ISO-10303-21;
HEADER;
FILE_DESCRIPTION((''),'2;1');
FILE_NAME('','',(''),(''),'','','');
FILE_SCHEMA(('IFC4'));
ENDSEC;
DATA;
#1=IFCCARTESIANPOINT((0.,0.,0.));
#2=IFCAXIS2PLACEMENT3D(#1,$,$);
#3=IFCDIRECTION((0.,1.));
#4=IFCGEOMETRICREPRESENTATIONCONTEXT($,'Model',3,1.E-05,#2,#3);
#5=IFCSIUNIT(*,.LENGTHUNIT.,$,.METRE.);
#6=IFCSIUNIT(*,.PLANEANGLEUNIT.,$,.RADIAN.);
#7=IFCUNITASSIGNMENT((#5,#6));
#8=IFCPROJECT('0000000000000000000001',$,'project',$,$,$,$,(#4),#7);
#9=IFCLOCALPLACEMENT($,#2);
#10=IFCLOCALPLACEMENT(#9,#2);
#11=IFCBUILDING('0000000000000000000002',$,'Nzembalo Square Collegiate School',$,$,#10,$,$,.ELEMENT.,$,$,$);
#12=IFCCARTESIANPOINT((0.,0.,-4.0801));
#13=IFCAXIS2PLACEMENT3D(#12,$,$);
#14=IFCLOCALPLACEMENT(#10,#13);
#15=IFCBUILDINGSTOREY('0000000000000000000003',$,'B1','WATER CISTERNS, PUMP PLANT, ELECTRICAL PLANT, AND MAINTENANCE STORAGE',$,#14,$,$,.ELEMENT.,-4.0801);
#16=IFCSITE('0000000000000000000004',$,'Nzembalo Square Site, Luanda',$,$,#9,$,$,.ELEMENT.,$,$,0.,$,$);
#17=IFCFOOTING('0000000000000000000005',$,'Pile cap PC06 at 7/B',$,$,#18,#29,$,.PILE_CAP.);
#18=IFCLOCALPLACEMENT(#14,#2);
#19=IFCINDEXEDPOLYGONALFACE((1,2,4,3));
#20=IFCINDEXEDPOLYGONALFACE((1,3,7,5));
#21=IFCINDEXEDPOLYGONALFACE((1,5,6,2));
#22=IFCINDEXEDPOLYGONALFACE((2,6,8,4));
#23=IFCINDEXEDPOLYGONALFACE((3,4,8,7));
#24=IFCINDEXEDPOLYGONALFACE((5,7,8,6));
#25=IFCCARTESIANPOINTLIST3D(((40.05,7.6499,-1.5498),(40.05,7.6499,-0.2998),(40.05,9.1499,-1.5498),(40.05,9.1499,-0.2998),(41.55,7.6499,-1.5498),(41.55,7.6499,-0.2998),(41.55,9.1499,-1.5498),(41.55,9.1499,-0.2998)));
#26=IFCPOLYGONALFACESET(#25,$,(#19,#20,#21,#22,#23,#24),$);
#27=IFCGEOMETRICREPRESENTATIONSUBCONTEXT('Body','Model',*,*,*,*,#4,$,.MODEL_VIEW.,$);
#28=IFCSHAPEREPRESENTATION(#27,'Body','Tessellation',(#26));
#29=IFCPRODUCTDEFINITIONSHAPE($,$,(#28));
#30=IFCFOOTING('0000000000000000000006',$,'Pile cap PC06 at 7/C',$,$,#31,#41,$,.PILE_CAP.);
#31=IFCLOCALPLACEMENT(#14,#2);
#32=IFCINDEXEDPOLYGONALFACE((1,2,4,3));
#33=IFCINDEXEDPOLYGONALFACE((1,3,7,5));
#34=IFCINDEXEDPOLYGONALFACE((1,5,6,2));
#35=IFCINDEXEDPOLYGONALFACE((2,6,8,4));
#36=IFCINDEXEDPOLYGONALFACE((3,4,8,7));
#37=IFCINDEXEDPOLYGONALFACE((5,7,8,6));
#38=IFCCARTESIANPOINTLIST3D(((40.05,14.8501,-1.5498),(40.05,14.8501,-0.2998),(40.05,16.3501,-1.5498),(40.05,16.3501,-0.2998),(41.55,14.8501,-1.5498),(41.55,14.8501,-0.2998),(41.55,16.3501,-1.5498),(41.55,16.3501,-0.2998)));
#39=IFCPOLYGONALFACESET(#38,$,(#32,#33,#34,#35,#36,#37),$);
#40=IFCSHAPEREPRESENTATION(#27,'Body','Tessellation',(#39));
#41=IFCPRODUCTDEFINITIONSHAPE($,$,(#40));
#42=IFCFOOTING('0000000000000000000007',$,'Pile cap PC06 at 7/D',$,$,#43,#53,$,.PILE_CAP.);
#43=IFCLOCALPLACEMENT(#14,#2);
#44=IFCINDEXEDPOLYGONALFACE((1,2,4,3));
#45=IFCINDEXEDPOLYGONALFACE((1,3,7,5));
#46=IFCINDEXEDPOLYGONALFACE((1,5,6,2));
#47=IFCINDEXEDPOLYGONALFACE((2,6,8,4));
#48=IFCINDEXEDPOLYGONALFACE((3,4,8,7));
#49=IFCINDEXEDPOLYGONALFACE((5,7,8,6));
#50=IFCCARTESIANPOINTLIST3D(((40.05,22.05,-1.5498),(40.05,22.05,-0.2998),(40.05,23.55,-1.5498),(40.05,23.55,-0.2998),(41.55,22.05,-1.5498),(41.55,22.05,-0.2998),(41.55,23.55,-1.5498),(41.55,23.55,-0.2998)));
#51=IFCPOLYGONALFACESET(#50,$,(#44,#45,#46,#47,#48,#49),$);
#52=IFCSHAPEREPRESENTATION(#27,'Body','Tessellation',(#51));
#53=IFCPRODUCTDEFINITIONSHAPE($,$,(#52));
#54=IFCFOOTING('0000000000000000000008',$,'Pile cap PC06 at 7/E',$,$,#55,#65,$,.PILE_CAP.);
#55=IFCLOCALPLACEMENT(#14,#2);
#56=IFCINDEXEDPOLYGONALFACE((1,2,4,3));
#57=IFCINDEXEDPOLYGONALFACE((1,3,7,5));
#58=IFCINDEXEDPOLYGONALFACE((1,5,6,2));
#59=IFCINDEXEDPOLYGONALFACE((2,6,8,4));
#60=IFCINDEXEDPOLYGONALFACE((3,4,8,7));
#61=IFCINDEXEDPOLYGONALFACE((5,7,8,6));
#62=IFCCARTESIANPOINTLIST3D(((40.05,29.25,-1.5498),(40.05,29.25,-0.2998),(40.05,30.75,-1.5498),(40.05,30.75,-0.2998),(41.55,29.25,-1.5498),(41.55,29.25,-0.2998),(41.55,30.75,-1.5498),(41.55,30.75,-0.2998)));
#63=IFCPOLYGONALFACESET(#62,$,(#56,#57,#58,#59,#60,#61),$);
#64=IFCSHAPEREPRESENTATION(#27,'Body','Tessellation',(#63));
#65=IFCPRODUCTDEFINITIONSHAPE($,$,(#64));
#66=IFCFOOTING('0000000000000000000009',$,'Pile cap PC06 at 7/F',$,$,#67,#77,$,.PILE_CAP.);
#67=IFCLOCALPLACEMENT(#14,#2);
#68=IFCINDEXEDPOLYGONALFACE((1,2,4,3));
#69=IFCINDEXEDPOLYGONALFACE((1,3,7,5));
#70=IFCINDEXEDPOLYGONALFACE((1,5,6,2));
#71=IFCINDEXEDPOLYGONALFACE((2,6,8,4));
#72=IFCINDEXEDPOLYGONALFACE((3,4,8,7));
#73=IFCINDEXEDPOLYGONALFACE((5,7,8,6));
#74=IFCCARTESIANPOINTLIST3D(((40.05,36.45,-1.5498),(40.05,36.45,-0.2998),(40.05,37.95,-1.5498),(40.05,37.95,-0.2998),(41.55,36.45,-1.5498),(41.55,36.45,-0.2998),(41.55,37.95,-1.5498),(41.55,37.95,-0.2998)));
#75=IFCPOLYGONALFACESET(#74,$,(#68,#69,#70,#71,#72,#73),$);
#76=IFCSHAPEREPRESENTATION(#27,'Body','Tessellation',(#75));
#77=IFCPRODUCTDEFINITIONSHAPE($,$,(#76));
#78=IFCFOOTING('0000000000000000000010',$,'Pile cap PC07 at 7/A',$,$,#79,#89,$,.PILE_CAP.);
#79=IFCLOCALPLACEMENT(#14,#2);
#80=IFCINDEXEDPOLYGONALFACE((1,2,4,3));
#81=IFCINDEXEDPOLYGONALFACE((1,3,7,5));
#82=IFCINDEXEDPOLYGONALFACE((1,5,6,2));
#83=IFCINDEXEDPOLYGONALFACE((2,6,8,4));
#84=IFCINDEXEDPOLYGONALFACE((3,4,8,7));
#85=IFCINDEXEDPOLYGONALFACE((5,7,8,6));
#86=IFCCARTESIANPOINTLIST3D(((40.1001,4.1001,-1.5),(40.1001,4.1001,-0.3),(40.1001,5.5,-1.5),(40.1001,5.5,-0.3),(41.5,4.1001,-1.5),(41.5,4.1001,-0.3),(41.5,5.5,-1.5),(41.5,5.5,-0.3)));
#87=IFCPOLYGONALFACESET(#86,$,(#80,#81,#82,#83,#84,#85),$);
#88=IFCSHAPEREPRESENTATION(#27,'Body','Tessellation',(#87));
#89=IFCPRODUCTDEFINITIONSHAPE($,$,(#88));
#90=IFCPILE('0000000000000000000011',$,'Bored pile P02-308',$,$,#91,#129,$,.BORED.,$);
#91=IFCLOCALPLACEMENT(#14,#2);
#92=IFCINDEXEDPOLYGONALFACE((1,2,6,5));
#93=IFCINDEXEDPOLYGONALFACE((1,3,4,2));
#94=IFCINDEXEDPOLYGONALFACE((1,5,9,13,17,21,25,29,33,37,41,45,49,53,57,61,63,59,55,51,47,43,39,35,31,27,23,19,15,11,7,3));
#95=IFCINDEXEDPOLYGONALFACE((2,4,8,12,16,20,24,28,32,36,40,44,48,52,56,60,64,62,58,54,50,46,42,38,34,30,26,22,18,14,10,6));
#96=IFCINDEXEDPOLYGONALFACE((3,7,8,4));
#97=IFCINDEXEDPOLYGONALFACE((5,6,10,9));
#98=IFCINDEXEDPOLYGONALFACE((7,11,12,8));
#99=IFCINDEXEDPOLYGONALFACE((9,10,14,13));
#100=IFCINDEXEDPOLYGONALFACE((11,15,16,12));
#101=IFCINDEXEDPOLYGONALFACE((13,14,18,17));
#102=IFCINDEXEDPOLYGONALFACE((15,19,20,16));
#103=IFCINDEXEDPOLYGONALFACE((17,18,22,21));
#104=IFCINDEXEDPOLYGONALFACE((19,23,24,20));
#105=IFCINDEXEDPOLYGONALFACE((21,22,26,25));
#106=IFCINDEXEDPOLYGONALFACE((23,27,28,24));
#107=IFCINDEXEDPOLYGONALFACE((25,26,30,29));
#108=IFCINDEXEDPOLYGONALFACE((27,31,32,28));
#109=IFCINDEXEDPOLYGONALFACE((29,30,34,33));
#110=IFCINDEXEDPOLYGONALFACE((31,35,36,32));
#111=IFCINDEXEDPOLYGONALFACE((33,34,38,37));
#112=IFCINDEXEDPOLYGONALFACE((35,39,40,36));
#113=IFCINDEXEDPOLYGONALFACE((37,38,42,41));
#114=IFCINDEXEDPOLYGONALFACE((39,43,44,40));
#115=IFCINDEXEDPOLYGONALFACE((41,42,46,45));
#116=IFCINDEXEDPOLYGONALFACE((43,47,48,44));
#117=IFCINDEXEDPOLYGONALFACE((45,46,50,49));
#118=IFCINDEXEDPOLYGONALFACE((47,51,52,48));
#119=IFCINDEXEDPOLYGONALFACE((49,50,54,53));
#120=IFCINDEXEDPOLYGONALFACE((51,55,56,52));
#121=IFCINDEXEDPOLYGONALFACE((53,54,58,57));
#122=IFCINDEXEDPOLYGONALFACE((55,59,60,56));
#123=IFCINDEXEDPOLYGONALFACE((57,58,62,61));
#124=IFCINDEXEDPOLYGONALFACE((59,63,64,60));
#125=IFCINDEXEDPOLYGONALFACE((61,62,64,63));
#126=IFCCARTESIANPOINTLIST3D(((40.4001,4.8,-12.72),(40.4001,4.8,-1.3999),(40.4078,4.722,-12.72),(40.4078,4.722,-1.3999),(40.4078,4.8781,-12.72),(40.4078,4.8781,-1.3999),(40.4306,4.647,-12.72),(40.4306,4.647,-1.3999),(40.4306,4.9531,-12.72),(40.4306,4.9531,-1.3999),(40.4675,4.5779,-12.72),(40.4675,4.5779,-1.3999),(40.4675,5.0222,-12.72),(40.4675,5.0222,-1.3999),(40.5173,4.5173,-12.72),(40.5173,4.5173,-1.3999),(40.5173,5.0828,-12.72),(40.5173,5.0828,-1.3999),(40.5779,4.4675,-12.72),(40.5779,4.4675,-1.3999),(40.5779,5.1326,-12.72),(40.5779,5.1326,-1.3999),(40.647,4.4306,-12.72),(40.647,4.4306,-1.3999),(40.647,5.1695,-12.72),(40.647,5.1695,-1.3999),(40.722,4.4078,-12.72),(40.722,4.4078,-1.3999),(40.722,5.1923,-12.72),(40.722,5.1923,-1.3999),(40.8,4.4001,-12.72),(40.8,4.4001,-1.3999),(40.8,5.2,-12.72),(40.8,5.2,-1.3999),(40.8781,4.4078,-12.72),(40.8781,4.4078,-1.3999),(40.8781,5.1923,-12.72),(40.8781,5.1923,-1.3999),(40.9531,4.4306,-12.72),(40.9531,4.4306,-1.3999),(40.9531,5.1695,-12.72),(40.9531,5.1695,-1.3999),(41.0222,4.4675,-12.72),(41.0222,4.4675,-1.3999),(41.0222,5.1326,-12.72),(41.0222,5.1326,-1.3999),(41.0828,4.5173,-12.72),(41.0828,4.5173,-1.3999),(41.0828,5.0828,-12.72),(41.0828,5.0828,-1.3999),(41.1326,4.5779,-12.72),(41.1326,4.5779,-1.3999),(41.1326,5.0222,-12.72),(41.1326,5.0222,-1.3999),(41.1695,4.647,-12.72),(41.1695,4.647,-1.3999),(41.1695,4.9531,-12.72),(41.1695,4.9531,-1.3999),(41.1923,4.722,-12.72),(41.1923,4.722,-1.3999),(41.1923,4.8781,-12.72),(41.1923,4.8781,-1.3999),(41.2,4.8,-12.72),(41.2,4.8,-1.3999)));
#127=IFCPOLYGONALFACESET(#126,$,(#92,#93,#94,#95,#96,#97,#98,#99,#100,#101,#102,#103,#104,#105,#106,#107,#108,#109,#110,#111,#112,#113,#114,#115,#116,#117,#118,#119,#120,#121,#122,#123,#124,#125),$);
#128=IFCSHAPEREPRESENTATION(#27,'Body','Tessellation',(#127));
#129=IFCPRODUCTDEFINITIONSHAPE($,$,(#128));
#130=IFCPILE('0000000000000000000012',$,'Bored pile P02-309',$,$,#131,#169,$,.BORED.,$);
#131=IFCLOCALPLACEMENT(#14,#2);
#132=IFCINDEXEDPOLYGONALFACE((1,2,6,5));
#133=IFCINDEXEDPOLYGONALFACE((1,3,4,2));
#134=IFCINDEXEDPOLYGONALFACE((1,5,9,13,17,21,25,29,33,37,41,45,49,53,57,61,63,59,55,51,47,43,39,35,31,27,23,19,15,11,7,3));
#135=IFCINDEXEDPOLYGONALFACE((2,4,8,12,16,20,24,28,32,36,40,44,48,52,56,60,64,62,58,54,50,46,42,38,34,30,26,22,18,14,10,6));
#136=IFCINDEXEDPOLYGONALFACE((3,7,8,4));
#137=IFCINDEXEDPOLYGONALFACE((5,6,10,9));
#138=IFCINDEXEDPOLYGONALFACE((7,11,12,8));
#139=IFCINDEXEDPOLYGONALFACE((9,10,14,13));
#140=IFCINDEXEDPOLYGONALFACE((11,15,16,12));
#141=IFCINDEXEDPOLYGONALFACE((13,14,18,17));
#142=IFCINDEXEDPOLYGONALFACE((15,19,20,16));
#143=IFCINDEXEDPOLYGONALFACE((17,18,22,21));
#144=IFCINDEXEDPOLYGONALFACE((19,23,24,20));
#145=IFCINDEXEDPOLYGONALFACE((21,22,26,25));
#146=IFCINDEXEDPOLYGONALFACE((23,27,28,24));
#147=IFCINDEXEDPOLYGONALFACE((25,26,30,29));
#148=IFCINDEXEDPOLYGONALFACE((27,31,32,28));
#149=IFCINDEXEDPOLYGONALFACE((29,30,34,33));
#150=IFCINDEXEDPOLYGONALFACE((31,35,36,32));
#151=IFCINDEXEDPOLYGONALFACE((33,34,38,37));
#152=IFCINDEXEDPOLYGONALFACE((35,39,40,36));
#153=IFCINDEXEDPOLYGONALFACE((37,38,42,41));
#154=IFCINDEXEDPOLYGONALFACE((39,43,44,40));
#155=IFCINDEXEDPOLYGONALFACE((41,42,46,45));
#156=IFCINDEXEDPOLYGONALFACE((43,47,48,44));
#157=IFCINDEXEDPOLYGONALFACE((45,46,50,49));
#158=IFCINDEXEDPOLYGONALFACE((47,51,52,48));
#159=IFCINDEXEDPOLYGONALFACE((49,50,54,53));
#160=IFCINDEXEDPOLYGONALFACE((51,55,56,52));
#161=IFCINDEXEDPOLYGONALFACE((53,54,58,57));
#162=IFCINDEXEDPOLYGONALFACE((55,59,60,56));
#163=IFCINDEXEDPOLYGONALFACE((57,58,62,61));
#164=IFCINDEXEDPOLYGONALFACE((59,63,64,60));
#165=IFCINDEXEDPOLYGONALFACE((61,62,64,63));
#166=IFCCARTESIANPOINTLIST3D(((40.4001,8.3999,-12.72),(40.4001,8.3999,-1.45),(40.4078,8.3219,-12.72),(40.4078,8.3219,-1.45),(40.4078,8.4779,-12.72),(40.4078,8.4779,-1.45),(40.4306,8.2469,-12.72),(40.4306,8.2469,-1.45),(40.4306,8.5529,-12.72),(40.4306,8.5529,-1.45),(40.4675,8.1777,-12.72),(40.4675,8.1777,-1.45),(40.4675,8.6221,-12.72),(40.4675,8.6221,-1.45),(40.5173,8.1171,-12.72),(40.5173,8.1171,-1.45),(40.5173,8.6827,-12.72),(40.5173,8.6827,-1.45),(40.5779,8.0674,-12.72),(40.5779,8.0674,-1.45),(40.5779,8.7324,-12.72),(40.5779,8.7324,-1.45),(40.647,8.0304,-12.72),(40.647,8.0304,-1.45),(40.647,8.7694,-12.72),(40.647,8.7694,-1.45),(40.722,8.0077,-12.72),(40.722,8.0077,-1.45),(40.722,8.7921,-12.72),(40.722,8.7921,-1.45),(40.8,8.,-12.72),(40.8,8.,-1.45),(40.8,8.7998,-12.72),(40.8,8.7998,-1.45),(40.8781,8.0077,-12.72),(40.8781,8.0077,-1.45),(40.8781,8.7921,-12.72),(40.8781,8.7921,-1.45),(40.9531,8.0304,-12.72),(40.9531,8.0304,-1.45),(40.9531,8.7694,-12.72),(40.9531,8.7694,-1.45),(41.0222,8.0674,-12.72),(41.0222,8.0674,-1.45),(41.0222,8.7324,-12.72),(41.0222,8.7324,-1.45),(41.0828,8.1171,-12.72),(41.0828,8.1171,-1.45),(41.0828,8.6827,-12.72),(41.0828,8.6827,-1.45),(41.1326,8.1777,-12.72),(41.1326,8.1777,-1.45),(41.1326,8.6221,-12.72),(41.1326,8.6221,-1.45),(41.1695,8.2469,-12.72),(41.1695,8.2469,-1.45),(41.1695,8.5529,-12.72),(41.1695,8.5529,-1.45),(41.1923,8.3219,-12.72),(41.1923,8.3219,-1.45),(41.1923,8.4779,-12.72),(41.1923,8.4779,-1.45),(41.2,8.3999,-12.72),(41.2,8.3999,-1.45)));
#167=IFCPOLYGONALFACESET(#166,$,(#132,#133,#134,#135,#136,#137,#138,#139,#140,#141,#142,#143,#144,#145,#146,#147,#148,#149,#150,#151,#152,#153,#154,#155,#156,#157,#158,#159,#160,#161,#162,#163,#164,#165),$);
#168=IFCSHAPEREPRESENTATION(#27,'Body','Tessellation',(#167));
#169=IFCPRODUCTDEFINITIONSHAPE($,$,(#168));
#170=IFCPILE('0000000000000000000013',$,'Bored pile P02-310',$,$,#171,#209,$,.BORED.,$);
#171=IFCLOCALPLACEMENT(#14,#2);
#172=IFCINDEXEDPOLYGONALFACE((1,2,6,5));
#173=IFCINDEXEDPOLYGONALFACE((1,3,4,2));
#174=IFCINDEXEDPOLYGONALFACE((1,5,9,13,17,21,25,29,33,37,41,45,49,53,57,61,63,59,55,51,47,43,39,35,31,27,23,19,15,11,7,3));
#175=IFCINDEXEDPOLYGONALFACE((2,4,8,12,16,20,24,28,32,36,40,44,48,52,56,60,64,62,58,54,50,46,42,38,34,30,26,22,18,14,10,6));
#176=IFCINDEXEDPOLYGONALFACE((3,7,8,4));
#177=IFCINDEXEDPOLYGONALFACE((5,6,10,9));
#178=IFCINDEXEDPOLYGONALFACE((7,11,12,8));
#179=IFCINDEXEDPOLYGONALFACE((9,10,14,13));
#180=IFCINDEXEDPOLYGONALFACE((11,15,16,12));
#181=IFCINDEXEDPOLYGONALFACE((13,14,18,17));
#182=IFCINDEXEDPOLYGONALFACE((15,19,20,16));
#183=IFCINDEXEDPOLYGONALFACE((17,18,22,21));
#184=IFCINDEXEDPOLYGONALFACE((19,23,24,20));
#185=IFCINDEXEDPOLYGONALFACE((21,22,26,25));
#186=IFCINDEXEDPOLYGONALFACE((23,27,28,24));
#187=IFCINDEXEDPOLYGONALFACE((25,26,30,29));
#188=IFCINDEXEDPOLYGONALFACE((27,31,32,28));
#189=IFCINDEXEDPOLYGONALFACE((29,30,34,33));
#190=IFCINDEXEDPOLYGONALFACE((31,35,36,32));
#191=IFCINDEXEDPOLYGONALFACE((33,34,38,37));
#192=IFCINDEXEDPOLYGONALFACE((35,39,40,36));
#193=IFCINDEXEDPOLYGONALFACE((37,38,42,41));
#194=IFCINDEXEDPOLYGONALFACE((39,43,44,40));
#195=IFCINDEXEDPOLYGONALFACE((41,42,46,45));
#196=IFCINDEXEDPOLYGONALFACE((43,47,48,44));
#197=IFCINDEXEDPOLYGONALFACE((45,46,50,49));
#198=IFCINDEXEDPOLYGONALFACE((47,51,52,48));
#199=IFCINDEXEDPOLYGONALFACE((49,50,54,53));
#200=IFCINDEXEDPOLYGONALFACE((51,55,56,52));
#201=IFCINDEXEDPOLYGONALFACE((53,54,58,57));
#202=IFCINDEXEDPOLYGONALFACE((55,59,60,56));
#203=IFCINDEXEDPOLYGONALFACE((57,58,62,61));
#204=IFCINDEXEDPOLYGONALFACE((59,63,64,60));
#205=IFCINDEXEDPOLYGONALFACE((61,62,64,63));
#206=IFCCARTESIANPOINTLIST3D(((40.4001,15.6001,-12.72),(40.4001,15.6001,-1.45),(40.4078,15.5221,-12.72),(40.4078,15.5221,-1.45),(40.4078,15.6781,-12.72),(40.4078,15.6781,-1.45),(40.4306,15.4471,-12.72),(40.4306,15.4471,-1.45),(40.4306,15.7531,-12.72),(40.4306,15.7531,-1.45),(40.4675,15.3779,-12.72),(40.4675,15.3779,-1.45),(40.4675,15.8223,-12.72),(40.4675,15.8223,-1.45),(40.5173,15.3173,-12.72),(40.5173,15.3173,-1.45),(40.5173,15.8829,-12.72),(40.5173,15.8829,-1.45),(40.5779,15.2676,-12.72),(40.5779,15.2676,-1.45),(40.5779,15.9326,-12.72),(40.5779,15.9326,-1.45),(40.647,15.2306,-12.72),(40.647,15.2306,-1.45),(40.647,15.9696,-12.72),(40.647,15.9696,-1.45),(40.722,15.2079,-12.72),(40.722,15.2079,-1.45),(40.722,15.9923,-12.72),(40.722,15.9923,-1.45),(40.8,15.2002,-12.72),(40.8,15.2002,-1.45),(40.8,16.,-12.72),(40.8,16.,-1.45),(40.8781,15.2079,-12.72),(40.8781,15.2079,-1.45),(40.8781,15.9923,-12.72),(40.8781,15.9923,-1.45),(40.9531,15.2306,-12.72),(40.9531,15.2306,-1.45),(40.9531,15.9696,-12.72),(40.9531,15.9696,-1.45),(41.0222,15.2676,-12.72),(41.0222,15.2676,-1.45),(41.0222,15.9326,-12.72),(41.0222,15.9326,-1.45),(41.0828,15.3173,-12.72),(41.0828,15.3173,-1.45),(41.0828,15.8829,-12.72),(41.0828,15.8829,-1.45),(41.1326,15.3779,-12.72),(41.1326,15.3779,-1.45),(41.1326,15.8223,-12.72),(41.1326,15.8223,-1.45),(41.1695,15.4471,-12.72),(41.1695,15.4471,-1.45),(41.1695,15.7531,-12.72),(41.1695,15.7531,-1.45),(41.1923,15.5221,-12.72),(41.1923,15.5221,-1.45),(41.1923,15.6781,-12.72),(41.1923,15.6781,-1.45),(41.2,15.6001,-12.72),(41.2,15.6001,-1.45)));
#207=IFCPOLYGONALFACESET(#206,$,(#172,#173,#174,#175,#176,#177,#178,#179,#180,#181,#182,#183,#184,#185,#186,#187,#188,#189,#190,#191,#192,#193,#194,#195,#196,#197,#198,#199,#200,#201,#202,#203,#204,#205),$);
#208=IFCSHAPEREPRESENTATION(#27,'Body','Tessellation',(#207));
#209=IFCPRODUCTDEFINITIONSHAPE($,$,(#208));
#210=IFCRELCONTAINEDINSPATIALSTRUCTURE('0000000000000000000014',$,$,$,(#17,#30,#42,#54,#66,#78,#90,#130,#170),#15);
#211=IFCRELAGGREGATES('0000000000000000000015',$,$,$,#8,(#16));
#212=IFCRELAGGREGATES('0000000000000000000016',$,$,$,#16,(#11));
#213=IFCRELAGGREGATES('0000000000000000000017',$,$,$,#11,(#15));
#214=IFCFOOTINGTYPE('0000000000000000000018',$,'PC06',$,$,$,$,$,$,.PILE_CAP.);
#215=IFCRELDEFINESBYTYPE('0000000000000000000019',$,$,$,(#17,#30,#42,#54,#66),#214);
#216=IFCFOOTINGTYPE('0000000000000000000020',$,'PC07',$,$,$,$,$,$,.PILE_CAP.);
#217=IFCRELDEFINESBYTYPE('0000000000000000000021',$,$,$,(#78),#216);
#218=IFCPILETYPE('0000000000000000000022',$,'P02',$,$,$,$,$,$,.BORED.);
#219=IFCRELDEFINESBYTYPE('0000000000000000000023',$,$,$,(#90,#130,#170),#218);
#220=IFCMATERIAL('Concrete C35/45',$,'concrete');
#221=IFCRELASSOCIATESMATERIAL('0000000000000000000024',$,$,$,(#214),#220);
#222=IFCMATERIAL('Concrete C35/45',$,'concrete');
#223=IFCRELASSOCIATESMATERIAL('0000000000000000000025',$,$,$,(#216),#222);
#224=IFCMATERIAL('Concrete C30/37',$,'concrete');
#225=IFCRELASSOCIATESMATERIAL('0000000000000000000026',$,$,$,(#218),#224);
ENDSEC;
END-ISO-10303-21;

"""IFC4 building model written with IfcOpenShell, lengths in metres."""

from ifc_helpers import new_model, si_unit, direction, frame, origin, origin_2d, place, context, subcontext, project, spatial, rectangle, circle, extrude, material, material_profile, profile_set, type_object, element, save


model = new_model("IFC4")

# Units and contexts
model_context = context("Model", 3, precision=1e-05, world=origin(), true_north=direction((0.0, 1.0)))
body_context = subcontext(model_context, "Body", "Model", "MODEL_VIEW")
ifc_project = project(units=[si_unit("LENGTHUNIT", "METRE"), si_unit("PLANEANGLEUNIT", "RADIAN")], contexts=[model_context])

# Site, building, storey
site_placement = place(None, origin())
site = spatial("IfcSite", under=ifc_project, at=site_placement, Name="Nzembalo Square Site, Luanda", CompositionType="ELEMENT", RefElevation=0.0)
building_placement = place(site_placement, origin())
building = spatial("IfcBuilding", under=site, at=building_placement, Name="Nzembalo Square Collegiate School", CompositionType="ELEMENT")
storey_placement = place(building_placement, frame((0.0, 0.0, -4.0801)))
storey = spatial("IfcBuildingStorey", under=building, at=storey_placement, Name="B1", Description="WATER CISTERNS, PUMP PLANT, ELECTRICAL PLANT, AND MAINTENANCE STORAGE", CompositionType="ELEMENT", Elevation=-4.0801)

# Footings
ifc_material_1 = material(Name="Concrete C35/45", Category="concrete")
footing_type_1 = type_object("IfcFootingType", Name="PC06", PredefinedType="PILE_CAP", material=ifc_material_1)
for number, where, z_axis, x_axis, name in (
    (1, (40.8, 8.3999, -1.5498), (0.0, 0.0, 1.0), (1.0, 0.0, 0.0), "Pile cap PC06 at 7/B"),
    (2, (40.8, 15.6001, -1.5498), (0.0, 0.0, 1.0), (1.0, 0.0, 0.0), "Pile cap PC06 at 7/C"),
    (3, (40.8, 22.8, -1.5498), (0.0, 0.0, 1.0), (1.0, 0.0, 0.0), "Pile cap PC06 at 7/D"),
    (4, (40.8, 30.0, -1.5498), (0.0, 0.0, 1.0), (1.0, 0.0, 0.0), "Pile cap PC06 at 7/E"),
    (5, (40.8, 37.2, -1.5498), (0.0, 0.0, 1.0), (1.0, 0.0, 0.0), "Pile cap PC06 at 7/F"),
):
    element("IfcFooting", number, at=place(storey_placement, frame(where, z_axis=z_axis, x_axis=x_axis)), inside=storey, type_object=footing_type_1, Name=name, PredefinedType="PILE_CAP", context=body_context, shape_type="SweptSolid", body=[
        extrude(rectangle(XDim=1.5, YDim=1.5, at=origin_2d()), origin(), (0.0, 0.0, 1.0), 1.25),
    ])
ifc_material_2 = material(Name="Concrete C35/45", Category="concrete")
footing_type_2 = type_object("IfcFootingType", Name="PC07", PredefinedType="PILE_CAP", material=ifc_material_2)
footing_placement = place(storey_placement, frame((40.8, 4.8, -1.5), z_axis=(0.0, 0.0, 1.0), x_axis=(1.0, 0.0, 0.0)))
element("IfcFooting", 6, at=footing_placement, inside=storey, type_object=footing_type_2, Name="Pile cap PC07 at 7/A", PredefinedType="PILE_CAP", context=body_context, shape_type="SweptSolid", body=[
    extrude(rectangle(XDim=1.3999, YDim=1.3999, at=origin_2d()), origin(), (0.0, 0.0, 1.0), 1.2),
])

# Piles
ifc_material_3 = material(Name="Concrete C30/37", Category="concrete")
ifc_material_profile_1 = material_profile(ifc_material_3, circle(Radius=0.3999, at=origin_2d()), Name="PILE D800")
ifc_profile_set_1 = profile_set([ifc_material_profile_1], Name="Concrete C30/37")
pile_type = type_object("IfcPileType", Name="P02", PredefinedType="BORED", material=ifc_profile_set_1)
pile_placement = place(storey_placement, frame((40.8, 4.8, -1.3999), z_axis=(0.0, 0.0, -1.0), x_axis=(1.0, 0.0, 0.0)))
element("IfcPile", 7, at=pile_placement, inside=storey, type_object=pile_type, Name="Bored pile P02-308", PredefinedType="BORED", context=body_context, shape_type="SweptSolid", body=[
    extrude(circle(Radius=0.3999, at=origin_2d()), origin(), (0.0, 0.0, 1.0), 11.3201),
])
for number, where, z_axis, x_axis, name in (
    (8, (40.8, 8.3999, -1.45), (0.0, 0.0, -1.0), (1.0, 0.0, 0.0), "Bored pile P02-309"),
    (9, (40.8, 15.6001, -1.45), (0.0, 0.0, -1.0), (1.0, 0.0, 0.0), "Bored pile P02-310"),
):
    element("IfcPile", number, at=place(storey_placement, frame(where, z_axis=z_axis, x_axis=x_axis)), inside=storey, type_object=pile_type, Name=name, PredefinedType="BORED", context=body_context, shape_type="SweptSolid", body=[
        extrude(circle(Radius=0.3999, at=origin_2d()), origin(), (0.0, 0.0, 1.0), 11.27),
    ])

save(model, "model.ifc")
